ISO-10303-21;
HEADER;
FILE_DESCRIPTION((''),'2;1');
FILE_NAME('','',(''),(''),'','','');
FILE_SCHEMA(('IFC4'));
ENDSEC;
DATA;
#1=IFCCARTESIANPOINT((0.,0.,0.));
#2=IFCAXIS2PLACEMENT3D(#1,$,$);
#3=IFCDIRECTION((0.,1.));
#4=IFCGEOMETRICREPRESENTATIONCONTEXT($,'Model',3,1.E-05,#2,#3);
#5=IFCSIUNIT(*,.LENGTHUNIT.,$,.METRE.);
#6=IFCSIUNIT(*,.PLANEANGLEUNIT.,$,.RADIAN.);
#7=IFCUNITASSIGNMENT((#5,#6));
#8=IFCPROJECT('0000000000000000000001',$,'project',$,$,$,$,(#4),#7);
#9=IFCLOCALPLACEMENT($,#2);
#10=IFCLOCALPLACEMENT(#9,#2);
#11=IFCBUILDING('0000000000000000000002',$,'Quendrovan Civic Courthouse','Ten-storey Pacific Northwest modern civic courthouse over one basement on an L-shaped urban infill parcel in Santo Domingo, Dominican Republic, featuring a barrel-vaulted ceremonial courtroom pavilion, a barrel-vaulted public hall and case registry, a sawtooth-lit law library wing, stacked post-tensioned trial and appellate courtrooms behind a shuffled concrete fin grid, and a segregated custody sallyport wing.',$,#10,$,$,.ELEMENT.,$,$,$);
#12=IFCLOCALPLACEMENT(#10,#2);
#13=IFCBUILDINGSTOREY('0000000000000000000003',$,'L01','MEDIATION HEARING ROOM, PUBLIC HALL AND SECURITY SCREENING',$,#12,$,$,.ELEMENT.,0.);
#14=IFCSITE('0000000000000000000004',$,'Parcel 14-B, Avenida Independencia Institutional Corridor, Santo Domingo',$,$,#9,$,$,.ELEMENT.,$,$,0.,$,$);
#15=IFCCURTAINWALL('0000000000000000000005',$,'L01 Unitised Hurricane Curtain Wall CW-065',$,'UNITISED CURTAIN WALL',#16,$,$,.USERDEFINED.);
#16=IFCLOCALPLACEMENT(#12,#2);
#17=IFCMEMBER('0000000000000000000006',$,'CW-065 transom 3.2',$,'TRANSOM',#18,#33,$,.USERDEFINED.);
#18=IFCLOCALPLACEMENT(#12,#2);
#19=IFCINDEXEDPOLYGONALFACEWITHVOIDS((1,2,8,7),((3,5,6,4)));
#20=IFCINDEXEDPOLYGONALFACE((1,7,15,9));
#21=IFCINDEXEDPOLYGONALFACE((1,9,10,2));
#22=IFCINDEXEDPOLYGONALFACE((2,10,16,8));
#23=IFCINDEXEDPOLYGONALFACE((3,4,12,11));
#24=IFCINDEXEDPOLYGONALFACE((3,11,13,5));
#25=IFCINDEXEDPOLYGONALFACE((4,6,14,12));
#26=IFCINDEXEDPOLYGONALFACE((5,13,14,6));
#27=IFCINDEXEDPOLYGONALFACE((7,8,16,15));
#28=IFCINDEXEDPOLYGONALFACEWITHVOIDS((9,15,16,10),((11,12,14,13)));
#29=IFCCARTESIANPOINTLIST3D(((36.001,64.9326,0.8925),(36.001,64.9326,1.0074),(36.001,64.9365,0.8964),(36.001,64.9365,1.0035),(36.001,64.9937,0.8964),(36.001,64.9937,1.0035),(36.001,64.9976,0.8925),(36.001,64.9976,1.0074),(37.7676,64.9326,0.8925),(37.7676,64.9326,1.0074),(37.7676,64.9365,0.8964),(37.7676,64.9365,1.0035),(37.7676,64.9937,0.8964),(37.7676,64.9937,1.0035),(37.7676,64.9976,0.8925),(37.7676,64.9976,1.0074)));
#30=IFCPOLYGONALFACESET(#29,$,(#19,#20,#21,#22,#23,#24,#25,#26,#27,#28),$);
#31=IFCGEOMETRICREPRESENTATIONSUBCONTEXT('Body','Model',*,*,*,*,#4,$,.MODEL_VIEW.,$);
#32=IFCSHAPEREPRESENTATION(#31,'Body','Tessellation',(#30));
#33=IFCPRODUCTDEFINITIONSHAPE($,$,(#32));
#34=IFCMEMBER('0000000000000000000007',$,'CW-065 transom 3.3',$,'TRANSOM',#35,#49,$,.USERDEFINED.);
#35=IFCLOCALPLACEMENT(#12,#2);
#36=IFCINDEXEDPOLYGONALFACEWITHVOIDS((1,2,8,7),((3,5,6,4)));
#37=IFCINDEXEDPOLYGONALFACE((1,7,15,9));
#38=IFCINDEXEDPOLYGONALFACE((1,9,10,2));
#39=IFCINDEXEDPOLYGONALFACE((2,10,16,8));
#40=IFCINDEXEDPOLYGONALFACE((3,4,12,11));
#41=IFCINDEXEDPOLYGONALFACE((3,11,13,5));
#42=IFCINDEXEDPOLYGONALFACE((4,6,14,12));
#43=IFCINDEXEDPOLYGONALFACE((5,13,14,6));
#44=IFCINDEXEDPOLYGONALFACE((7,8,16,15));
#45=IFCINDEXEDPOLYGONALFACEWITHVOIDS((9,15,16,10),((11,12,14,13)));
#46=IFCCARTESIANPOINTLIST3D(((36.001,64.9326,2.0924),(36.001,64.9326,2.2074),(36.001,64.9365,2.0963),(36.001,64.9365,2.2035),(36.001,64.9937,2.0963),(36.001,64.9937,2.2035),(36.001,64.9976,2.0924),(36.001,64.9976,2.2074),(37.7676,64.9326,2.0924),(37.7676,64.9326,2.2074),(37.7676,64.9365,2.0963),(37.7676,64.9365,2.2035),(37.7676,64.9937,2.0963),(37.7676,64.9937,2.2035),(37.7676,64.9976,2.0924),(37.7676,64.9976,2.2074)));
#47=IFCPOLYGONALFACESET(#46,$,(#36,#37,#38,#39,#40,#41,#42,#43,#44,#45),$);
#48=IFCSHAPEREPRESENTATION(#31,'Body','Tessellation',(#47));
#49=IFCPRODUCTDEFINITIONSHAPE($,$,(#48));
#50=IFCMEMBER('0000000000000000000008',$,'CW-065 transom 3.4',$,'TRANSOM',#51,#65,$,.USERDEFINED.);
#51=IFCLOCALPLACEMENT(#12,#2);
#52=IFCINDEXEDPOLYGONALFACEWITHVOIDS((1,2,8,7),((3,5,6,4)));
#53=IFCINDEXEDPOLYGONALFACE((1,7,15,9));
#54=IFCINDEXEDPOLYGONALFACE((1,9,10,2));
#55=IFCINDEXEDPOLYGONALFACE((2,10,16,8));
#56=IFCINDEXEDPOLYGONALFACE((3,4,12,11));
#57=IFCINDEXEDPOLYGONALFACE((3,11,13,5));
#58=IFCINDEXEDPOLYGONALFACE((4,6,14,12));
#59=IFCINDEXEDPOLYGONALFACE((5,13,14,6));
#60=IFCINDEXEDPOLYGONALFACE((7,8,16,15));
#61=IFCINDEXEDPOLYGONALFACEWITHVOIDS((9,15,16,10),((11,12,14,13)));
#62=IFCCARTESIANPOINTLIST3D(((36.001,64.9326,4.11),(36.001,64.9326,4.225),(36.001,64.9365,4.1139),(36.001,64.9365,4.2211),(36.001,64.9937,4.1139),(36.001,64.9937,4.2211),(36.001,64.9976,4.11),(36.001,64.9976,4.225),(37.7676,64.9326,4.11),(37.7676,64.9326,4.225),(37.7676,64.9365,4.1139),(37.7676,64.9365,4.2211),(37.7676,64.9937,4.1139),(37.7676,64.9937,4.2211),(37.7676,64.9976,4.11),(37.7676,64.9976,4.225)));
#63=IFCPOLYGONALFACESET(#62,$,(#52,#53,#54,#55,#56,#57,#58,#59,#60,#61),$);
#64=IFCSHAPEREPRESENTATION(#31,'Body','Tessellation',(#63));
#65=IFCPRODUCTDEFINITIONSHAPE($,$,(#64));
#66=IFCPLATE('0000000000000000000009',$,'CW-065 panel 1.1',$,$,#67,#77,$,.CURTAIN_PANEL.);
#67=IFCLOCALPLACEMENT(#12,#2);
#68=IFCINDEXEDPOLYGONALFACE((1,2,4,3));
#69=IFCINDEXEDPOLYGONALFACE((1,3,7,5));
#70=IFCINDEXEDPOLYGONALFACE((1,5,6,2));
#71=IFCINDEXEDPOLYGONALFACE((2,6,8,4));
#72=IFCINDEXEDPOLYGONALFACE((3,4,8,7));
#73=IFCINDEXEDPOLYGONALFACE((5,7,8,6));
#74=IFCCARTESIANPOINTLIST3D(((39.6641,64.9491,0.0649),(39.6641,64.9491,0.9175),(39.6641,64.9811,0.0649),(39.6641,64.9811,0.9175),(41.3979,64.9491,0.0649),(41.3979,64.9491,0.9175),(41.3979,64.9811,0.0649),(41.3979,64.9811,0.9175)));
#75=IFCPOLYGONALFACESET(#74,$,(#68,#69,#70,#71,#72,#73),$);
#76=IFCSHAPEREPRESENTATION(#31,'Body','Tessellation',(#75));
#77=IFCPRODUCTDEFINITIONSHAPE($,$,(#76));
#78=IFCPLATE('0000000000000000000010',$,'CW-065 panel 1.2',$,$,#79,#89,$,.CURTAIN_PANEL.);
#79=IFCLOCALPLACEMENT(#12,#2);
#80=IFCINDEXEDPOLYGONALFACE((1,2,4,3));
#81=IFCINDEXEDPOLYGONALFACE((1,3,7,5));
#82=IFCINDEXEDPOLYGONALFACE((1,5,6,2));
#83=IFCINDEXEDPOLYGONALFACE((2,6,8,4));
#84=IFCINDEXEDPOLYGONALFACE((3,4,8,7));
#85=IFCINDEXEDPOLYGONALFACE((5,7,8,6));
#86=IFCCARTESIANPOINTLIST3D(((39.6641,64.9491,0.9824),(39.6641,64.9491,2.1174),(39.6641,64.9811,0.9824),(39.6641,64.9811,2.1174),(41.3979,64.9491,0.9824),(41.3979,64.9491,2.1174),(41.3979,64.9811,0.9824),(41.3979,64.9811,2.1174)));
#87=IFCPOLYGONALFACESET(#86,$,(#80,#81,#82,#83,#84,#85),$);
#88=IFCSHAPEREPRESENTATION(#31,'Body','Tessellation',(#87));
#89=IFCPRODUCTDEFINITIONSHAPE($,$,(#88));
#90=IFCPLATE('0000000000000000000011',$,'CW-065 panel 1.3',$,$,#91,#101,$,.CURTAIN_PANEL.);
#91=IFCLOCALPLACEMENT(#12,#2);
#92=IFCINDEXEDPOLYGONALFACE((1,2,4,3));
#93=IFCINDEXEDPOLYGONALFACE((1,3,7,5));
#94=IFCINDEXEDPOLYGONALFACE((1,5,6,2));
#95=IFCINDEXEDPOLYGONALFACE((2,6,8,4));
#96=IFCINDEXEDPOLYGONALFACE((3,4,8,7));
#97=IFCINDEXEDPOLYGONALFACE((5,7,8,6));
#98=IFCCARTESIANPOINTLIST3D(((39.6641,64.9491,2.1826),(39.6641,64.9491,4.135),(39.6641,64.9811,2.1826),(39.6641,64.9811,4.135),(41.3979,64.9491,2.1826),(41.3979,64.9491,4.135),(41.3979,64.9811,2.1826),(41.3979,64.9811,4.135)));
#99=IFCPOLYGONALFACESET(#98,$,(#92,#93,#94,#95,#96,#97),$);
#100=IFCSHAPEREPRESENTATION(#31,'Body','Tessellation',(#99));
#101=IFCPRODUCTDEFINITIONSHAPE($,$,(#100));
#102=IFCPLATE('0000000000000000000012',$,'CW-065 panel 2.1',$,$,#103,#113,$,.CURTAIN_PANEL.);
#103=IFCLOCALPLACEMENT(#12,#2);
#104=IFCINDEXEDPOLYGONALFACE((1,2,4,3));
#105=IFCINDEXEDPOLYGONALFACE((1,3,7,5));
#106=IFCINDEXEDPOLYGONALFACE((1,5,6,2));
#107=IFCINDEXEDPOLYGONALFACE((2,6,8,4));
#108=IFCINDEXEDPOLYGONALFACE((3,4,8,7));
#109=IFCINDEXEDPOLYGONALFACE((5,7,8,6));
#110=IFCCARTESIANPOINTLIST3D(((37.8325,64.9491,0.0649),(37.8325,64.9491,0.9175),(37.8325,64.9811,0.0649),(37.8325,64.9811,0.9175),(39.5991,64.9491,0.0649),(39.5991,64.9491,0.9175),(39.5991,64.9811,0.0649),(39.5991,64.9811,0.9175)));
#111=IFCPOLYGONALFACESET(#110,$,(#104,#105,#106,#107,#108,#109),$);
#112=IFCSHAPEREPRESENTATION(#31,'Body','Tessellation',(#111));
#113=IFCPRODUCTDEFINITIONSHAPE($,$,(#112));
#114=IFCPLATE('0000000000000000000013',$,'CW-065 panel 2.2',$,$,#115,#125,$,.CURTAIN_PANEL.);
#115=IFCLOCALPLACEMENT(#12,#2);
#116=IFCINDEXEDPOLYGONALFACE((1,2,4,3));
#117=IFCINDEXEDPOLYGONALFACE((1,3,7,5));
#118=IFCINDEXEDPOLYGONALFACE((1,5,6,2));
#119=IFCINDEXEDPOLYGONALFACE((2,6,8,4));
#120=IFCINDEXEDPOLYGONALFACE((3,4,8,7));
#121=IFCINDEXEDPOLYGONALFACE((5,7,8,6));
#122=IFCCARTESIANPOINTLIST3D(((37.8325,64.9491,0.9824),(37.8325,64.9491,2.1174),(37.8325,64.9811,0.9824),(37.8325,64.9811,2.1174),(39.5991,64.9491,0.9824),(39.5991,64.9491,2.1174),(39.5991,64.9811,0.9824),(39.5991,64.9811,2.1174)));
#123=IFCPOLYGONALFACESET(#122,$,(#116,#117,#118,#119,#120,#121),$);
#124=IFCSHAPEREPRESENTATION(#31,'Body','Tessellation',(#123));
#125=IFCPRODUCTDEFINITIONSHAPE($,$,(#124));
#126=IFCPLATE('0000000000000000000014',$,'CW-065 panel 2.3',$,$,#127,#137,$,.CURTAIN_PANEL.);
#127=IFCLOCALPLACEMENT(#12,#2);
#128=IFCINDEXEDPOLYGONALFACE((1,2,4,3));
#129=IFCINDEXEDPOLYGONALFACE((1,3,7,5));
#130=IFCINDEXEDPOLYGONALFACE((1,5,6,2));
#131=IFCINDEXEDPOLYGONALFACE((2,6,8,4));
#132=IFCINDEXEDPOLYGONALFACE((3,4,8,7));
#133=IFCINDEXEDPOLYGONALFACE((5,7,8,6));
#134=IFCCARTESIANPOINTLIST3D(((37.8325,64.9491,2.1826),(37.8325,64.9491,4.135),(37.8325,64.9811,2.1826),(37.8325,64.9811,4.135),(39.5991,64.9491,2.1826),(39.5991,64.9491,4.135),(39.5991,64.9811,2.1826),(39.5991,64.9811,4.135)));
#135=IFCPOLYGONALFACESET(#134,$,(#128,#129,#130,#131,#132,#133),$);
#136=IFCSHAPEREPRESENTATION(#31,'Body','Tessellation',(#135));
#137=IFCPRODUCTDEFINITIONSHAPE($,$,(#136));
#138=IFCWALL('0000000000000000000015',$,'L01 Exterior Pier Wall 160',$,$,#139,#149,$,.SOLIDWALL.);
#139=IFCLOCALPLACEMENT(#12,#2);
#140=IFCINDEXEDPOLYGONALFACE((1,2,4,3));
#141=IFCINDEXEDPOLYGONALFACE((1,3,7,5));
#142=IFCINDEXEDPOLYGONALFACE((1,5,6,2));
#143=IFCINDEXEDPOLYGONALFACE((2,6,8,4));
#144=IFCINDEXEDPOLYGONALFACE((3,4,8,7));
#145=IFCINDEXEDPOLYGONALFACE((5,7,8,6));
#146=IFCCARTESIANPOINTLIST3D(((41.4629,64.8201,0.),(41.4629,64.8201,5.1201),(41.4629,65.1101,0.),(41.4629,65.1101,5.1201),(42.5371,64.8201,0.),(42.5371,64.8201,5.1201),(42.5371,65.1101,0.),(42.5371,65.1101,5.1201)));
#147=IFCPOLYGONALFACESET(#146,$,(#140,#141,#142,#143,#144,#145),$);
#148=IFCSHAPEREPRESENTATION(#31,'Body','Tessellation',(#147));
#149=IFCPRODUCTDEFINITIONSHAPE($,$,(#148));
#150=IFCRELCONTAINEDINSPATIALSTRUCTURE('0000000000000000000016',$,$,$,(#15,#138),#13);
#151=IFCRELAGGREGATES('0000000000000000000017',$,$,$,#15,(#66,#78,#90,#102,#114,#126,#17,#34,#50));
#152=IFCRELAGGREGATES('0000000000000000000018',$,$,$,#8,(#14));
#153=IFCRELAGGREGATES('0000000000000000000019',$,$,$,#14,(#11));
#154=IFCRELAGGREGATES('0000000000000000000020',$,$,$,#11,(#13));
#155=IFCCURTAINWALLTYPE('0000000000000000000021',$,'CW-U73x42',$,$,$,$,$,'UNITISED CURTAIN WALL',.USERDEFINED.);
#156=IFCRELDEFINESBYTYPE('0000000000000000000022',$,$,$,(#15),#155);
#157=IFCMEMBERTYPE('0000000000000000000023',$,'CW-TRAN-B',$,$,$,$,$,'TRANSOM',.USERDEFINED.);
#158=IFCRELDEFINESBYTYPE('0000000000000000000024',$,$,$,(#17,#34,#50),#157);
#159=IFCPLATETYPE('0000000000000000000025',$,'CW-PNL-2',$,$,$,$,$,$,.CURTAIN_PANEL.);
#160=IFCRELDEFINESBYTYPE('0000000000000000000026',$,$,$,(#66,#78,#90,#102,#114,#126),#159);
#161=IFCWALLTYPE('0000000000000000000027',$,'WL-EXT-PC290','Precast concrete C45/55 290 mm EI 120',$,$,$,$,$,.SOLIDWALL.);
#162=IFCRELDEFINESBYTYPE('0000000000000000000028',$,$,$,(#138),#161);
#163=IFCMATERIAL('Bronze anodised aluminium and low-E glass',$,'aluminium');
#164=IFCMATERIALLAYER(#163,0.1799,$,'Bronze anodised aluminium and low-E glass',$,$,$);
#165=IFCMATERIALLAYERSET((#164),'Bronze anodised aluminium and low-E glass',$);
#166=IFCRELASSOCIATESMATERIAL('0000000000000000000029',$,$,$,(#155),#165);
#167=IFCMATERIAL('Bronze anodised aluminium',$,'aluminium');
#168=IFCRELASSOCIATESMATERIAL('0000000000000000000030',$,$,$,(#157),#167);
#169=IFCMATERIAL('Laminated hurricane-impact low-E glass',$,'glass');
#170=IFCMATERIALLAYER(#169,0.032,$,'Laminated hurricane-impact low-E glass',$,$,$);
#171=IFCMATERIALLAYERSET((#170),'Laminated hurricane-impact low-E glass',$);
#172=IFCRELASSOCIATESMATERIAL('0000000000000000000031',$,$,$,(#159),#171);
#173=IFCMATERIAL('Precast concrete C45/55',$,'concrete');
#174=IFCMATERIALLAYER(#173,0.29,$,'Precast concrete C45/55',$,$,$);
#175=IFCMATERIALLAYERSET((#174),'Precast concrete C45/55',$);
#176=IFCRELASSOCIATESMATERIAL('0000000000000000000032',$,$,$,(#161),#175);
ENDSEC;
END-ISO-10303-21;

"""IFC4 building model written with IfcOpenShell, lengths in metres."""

from ifc_helpers import new_model, si_unit, direction, frame, frame_2d, origin, origin_2d, place, context, subcontext, project, spatial, rectangle, hollow_rectangle, extrude, material, layer, layer_set, material_profile, profile_set, type_object, element, aggregate, save


model = new_model("IFC4")

# Units and contexts
model_context = context("Model", 3, precision=1e-05, world=origin(), true_north=direction((0.0, 1.0)))
body_context = subcontext(model_context, "Body", "Model", "MODEL_VIEW")
ifc_project = project(units=[si_unit("LENGTHUNIT", "METRE"), si_unit("PLANEANGLEUNIT", "RADIAN")], contexts=[model_context])

# Site, building, storey
site_placement = place(None, origin())
site = spatial("IfcSite", under=ifc_project, at=site_placement, Name="Parcel 14-B, Avenida Independencia Institutional Corridor, Santo Domingo", CompositionType="ELEMENT", RefElevation=0.0)
building_placement = place(site_placement, origin())
building = spatial("IfcBuilding", under=site, at=building_placement, Name="Quendrovan Civic Courthouse", Description="Ten-storey Pacific Northwest modern civic courthouse over one basement on an L-shaped urban infill parcel in Santo Domingo, Dominican Republic, featuring a barrel-vaulted ceremonial courtroom pavilion, a barrel-vaulted public hall and case registry, a sawtooth-lit law library wing, stacked post-tensioned trial and appellate courtrooms behind a shuffled concrete fin grid, and a segregated custody sallyport wing.", CompositionType="ELEMENT")
storey_placement = place(building_placement, origin())
storey = spatial("IfcBuildingStorey", under=building, at=storey_placement, Name="L01", Description="MEDIATION HEARING ROOM, PUBLIC HALL AND SECURITY SCREENING", CompositionType="ELEMENT", Elevation=0.0)

# Curtain wall, members, plates
ifc_material_1 = material(Name="Bronze anodised aluminium and low-E glass", Category="aluminium")
ifc_layer_1 = layer(ifc_material_1, 0.1799, Name="Bronze anodised aluminium and low-E glass")
ifc_layer_set_1 = layer_set([ifc_layer_1], Name="Bronze anodised aluminium and low-E glass")
curtain_wall_type = type_object("IfcCurtainWallType", Name="CW-U73x42", ElementType="UNITISED CURTAIN WALL", PredefinedType="USERDEFINED", material=ifc_layer_set_1)
curtain_wall_placement = place(storey_placement, origin())
curtain_wall = element("IfcCurtainWall", 1, at=curtain_wall_placement, inside=storey, type_object=curtain_wall_type, Name="L01 Unitised Hurricane Curtain Wall CW-065", ObjectType="UNITISED CURTAIN WALL", PredefinedType="USERDEFINED")
ifc_material_2 = material(Name="Bronze anodised aluminium", Category="aluminium")
ifc_material_profile_1 = material_profile(ifc_material_2, hollow_rectangle(XDim=0.0649, YDim=0.115, WallThickness=0.0039, at=origin_2d()), Name="CW-TRAN-65x115")
ifc_profile_set_1 = profile_set([ifc_material_profile_1], Name="Bronze anodised aluminium")
member_type_1 = type_object("IfcMemberType", Name="CW-TRAN-B", ElementType="TRANSOM", PredefinedType="USERDEFINED", material=ifc_profile_set_1)
member_1_placement = place(storey_placement, frame((37.7676, 64.9651, 0.95), z_axis=(-1.0, 0.0, 0.0), x_axis=(0.0, -1.0, 0.0)))
member_1 = element("IfcMember", 2, at=member_1_placement, type_object=member_type_1, Name="CW-065 transom 3.2", ObjectType="TRANSOM", PredefinedType="USERDEFINED", context=body_context, shape_type="SweptSolid", body=[
    extrude(hollow_rectangle(XDim=0.0649, YDim=0.115, WallThickness=0.0039, at=origin_2d()), origin(), (0.0, 0.0, 1.0), 1.7666),
])
member_2_placement = place(storey_placement, frame((37.7676, 64.9651, 2.1499), z_axis=(-1.0, 0.0, 0.0), x_axis=(0.0, -1.0, 0.0)))
member_2 = element("IfcMember", 3, at=member_2_placement, type_object=member_type_1, Name="CW-065 transom 3.3", ObjectType="TRANSOM", PredefinedType="USERDEFINED", context=body_context, shape_type="SweptSolid", body=[
    extrude(hollow_rectangle(XDim=0.0649, YDim=0.115, WallThickness=0.0039, at=origin_2d()), origin(), (0.0, 0.0, 1.0), 1.7666),
])
member_3_placement = place(storey_placement, frame((37.7676, 64.9651, 4.1675), z_axis=(-1.0, 0.0, 0.0), x_axis=(0.0, -1.0, 0.0)))
member_3 = element("IfcMember", 4, at=member_3_placement, type_object=member_type_1, Name="CW-065 transom 3.4", ObjectType="TRANSOM", PredefinedType="USERDEFINED", context=body_context, shape_type="SweptSolid", body=[
    extrude(hollow_rectangle(XDim=0.0649, YDim=0.115, WallThickness=0.0039, at=origin_2d()), origin(), (0.0, 0.0, 1.0), 1.7666),
])
ifc_material_3 = material(Name="Laminated hurricane-impact low-E glass", Category="glass")
ifc_layer_2 = layer(ifc_material_3, 0.032, Name="Laminated hurricane-impact low-E glass")
ifc_layer_set_2 = layer_set([ifc_layer_2], Name="Laminated hurricane-impact low-E glass")
plate_type = type_object("IfcPlateType", Name="CW-PNL-2", PredefinedType="CURTAIN_PANEL", material=ifc_layer_set_2)
plate_1_placement = place(storey_placement, frame((40.531, 64.9651, 0.0649), z_axis=(0.0, 0.0, 1.0), x_axis=(-1.0, 0.0, 0.0)))
plate_1 = element("IfcPlate", 5, at=plate_1_placement, type_object=plate_type, Name="CW-065 panel 1.1", PredefinedType="CURTAIN_PANEL", context=body_context, shape_type="SweptSolid", body=[
    extrude(rectangle(XDim=1.7339, YDim=0.032, at=origin_2d()), origin(), (0.0, 0.0, 1.0), 0.8525),
])
plate_2_placement = place(storey_placement, frame((40.531, 64.9651, 0.9824), z_axis=(0.0, 0.0, 1.0), x_axis=(-1.0, 0.0, 0.0)))
plate_2 = element("IfcPlate", 6, at=plate_2_placement, type_object=plate_type, Name="CW-065 panel 1.2", PredefinedType="CURTAIN_PANEL", context=body_context, shape_type="SweptSolid", body=[
    extrude(rectangle(XDim=1.7339, YDim=0.032, at=origin_2d()), origin(), (0.0, 0.0, 1.0), 1.135),
])
plate_3_placement = place(storey_placement, frame((40.531, 64.9651, 2.1826), z_axis=(0.0, 0.0, 1.0), x_axis=(-1.0, 0.0, 0.0)))
plate_3 = element("IfcPlate", 7, at=plate_3_placement, type_object=plate_type, Name="CW-065 panel 1.3", PredefinedType="CURTAIN_PANEL", context=body_context, shape_type="SweptSolid", body=[
    extrude(rectangle(XDim=1.7339, YDim=0.032, at=origin_2d()), origin(), (0.0, 0.0, 1.0), 1.9524),
])
plate_4_placement = place(storey_placement, frame((38.7158, 64.9651, 0.0649), z_axis=(0.0, 0.0, 1.0), x_axis=(-1.0, 0.0, 0.0)))
plate_4 = element("IfcPlate", 8, at=plate_4_placement, type_object=plate_type, Name="CW-065 panel 2.1", PredefinedType="CURTAIN_PANEL", context=body_context, shape_type="SweptSolid", body=[
    extrude(rectangle(XDim=1.7666, YDim=0.032, at=origin_2d()), origin(), (0.0, 0.0, 1.0), 0.8525),
])
plate_5_placement = place(storey_placement, frame((38.7158, 64.9651, 0.9824), z_axis=(0.0, 0.0, 1.0), x_axis=(-1.0, 0.0, 0.0)))
plate_5 = element("IfcPlate", 9, at=plate_5_placement, type_object=plate_type, Name="CW-065 panel 2.2", PredefinedType="CURTAIN_PANEL", context=body_context, shape_type="SweptSolid", body=[
    extrude(rectangle(XDim=1.7666, YDim=0.032, at=origin_2d()), origin(), (0.0, 0.0, 1.0), 1.135),
])
plate_6_placement = place(storey_placement, frame((38.7158, 64.9651, 2.1826), z_axis=(0.0, 0.0, 1.0), x_axis=(-1.0, 0.0, 0.0)))
plate_6 = element("IfcPlate", 10, at=plate_6_placement, type_object=plate_type, Name="CW-065 panel 2.3", PredefinedType="CURTAIN_PANEL", context=body_context, shape_type="SweptSolid", body=[
    extrude(rectangle(XDim=1.7666, YDim=0.032, at=origin_2d()), origin(), (0.0, 0.0, 1.0), 1.9524),
])
aggregate(curtain_wall, [plate_1, plate_2, plate_3, plate_4, plate_5, plate_6, member_1, member_2, member_3])

# Wall
ifc_material_4 = material(Name="Precast concrete C45/55", Category="concrete")
ifc_layer_3 = layer(ifc_material_4, 0.29, Name="Precast concrete C45/55")
ifc_layer_set_3 = layer_set([ifc_layer_3], Name="Precast concrete C45/55")
wall_type = type_object("IfcWallType", Name="WL-EXT-PC290", Description="Precast concrete C45/55 290 mm EI 120", PredefinedType="SOLIDWALL", material=ifc_layer_set_3)
wall_placement = place(storey_placement, frame((42.5371, 64.9651, 0.0), z_axis=(0.0, 0.0, 1.0), x_axis=(-1.0, 0.0, 0.0)))
element("IfcWall", 11, at=wall_placement, inside=storey, type_object=wall_type, Name="L01 Exterior Pier Wall 160", PredefinedType="SOLIDWALL", context=body_context, shape_type="SweptSolid", body=[
    extrude(rectangle(XDim=1.0742, YDim=0.29, at=frame_2d((0.5371, 0.0))), origin(), (0.0, 0.0, 1.0), 5.1201),
])

save(model, "model.ifc")
